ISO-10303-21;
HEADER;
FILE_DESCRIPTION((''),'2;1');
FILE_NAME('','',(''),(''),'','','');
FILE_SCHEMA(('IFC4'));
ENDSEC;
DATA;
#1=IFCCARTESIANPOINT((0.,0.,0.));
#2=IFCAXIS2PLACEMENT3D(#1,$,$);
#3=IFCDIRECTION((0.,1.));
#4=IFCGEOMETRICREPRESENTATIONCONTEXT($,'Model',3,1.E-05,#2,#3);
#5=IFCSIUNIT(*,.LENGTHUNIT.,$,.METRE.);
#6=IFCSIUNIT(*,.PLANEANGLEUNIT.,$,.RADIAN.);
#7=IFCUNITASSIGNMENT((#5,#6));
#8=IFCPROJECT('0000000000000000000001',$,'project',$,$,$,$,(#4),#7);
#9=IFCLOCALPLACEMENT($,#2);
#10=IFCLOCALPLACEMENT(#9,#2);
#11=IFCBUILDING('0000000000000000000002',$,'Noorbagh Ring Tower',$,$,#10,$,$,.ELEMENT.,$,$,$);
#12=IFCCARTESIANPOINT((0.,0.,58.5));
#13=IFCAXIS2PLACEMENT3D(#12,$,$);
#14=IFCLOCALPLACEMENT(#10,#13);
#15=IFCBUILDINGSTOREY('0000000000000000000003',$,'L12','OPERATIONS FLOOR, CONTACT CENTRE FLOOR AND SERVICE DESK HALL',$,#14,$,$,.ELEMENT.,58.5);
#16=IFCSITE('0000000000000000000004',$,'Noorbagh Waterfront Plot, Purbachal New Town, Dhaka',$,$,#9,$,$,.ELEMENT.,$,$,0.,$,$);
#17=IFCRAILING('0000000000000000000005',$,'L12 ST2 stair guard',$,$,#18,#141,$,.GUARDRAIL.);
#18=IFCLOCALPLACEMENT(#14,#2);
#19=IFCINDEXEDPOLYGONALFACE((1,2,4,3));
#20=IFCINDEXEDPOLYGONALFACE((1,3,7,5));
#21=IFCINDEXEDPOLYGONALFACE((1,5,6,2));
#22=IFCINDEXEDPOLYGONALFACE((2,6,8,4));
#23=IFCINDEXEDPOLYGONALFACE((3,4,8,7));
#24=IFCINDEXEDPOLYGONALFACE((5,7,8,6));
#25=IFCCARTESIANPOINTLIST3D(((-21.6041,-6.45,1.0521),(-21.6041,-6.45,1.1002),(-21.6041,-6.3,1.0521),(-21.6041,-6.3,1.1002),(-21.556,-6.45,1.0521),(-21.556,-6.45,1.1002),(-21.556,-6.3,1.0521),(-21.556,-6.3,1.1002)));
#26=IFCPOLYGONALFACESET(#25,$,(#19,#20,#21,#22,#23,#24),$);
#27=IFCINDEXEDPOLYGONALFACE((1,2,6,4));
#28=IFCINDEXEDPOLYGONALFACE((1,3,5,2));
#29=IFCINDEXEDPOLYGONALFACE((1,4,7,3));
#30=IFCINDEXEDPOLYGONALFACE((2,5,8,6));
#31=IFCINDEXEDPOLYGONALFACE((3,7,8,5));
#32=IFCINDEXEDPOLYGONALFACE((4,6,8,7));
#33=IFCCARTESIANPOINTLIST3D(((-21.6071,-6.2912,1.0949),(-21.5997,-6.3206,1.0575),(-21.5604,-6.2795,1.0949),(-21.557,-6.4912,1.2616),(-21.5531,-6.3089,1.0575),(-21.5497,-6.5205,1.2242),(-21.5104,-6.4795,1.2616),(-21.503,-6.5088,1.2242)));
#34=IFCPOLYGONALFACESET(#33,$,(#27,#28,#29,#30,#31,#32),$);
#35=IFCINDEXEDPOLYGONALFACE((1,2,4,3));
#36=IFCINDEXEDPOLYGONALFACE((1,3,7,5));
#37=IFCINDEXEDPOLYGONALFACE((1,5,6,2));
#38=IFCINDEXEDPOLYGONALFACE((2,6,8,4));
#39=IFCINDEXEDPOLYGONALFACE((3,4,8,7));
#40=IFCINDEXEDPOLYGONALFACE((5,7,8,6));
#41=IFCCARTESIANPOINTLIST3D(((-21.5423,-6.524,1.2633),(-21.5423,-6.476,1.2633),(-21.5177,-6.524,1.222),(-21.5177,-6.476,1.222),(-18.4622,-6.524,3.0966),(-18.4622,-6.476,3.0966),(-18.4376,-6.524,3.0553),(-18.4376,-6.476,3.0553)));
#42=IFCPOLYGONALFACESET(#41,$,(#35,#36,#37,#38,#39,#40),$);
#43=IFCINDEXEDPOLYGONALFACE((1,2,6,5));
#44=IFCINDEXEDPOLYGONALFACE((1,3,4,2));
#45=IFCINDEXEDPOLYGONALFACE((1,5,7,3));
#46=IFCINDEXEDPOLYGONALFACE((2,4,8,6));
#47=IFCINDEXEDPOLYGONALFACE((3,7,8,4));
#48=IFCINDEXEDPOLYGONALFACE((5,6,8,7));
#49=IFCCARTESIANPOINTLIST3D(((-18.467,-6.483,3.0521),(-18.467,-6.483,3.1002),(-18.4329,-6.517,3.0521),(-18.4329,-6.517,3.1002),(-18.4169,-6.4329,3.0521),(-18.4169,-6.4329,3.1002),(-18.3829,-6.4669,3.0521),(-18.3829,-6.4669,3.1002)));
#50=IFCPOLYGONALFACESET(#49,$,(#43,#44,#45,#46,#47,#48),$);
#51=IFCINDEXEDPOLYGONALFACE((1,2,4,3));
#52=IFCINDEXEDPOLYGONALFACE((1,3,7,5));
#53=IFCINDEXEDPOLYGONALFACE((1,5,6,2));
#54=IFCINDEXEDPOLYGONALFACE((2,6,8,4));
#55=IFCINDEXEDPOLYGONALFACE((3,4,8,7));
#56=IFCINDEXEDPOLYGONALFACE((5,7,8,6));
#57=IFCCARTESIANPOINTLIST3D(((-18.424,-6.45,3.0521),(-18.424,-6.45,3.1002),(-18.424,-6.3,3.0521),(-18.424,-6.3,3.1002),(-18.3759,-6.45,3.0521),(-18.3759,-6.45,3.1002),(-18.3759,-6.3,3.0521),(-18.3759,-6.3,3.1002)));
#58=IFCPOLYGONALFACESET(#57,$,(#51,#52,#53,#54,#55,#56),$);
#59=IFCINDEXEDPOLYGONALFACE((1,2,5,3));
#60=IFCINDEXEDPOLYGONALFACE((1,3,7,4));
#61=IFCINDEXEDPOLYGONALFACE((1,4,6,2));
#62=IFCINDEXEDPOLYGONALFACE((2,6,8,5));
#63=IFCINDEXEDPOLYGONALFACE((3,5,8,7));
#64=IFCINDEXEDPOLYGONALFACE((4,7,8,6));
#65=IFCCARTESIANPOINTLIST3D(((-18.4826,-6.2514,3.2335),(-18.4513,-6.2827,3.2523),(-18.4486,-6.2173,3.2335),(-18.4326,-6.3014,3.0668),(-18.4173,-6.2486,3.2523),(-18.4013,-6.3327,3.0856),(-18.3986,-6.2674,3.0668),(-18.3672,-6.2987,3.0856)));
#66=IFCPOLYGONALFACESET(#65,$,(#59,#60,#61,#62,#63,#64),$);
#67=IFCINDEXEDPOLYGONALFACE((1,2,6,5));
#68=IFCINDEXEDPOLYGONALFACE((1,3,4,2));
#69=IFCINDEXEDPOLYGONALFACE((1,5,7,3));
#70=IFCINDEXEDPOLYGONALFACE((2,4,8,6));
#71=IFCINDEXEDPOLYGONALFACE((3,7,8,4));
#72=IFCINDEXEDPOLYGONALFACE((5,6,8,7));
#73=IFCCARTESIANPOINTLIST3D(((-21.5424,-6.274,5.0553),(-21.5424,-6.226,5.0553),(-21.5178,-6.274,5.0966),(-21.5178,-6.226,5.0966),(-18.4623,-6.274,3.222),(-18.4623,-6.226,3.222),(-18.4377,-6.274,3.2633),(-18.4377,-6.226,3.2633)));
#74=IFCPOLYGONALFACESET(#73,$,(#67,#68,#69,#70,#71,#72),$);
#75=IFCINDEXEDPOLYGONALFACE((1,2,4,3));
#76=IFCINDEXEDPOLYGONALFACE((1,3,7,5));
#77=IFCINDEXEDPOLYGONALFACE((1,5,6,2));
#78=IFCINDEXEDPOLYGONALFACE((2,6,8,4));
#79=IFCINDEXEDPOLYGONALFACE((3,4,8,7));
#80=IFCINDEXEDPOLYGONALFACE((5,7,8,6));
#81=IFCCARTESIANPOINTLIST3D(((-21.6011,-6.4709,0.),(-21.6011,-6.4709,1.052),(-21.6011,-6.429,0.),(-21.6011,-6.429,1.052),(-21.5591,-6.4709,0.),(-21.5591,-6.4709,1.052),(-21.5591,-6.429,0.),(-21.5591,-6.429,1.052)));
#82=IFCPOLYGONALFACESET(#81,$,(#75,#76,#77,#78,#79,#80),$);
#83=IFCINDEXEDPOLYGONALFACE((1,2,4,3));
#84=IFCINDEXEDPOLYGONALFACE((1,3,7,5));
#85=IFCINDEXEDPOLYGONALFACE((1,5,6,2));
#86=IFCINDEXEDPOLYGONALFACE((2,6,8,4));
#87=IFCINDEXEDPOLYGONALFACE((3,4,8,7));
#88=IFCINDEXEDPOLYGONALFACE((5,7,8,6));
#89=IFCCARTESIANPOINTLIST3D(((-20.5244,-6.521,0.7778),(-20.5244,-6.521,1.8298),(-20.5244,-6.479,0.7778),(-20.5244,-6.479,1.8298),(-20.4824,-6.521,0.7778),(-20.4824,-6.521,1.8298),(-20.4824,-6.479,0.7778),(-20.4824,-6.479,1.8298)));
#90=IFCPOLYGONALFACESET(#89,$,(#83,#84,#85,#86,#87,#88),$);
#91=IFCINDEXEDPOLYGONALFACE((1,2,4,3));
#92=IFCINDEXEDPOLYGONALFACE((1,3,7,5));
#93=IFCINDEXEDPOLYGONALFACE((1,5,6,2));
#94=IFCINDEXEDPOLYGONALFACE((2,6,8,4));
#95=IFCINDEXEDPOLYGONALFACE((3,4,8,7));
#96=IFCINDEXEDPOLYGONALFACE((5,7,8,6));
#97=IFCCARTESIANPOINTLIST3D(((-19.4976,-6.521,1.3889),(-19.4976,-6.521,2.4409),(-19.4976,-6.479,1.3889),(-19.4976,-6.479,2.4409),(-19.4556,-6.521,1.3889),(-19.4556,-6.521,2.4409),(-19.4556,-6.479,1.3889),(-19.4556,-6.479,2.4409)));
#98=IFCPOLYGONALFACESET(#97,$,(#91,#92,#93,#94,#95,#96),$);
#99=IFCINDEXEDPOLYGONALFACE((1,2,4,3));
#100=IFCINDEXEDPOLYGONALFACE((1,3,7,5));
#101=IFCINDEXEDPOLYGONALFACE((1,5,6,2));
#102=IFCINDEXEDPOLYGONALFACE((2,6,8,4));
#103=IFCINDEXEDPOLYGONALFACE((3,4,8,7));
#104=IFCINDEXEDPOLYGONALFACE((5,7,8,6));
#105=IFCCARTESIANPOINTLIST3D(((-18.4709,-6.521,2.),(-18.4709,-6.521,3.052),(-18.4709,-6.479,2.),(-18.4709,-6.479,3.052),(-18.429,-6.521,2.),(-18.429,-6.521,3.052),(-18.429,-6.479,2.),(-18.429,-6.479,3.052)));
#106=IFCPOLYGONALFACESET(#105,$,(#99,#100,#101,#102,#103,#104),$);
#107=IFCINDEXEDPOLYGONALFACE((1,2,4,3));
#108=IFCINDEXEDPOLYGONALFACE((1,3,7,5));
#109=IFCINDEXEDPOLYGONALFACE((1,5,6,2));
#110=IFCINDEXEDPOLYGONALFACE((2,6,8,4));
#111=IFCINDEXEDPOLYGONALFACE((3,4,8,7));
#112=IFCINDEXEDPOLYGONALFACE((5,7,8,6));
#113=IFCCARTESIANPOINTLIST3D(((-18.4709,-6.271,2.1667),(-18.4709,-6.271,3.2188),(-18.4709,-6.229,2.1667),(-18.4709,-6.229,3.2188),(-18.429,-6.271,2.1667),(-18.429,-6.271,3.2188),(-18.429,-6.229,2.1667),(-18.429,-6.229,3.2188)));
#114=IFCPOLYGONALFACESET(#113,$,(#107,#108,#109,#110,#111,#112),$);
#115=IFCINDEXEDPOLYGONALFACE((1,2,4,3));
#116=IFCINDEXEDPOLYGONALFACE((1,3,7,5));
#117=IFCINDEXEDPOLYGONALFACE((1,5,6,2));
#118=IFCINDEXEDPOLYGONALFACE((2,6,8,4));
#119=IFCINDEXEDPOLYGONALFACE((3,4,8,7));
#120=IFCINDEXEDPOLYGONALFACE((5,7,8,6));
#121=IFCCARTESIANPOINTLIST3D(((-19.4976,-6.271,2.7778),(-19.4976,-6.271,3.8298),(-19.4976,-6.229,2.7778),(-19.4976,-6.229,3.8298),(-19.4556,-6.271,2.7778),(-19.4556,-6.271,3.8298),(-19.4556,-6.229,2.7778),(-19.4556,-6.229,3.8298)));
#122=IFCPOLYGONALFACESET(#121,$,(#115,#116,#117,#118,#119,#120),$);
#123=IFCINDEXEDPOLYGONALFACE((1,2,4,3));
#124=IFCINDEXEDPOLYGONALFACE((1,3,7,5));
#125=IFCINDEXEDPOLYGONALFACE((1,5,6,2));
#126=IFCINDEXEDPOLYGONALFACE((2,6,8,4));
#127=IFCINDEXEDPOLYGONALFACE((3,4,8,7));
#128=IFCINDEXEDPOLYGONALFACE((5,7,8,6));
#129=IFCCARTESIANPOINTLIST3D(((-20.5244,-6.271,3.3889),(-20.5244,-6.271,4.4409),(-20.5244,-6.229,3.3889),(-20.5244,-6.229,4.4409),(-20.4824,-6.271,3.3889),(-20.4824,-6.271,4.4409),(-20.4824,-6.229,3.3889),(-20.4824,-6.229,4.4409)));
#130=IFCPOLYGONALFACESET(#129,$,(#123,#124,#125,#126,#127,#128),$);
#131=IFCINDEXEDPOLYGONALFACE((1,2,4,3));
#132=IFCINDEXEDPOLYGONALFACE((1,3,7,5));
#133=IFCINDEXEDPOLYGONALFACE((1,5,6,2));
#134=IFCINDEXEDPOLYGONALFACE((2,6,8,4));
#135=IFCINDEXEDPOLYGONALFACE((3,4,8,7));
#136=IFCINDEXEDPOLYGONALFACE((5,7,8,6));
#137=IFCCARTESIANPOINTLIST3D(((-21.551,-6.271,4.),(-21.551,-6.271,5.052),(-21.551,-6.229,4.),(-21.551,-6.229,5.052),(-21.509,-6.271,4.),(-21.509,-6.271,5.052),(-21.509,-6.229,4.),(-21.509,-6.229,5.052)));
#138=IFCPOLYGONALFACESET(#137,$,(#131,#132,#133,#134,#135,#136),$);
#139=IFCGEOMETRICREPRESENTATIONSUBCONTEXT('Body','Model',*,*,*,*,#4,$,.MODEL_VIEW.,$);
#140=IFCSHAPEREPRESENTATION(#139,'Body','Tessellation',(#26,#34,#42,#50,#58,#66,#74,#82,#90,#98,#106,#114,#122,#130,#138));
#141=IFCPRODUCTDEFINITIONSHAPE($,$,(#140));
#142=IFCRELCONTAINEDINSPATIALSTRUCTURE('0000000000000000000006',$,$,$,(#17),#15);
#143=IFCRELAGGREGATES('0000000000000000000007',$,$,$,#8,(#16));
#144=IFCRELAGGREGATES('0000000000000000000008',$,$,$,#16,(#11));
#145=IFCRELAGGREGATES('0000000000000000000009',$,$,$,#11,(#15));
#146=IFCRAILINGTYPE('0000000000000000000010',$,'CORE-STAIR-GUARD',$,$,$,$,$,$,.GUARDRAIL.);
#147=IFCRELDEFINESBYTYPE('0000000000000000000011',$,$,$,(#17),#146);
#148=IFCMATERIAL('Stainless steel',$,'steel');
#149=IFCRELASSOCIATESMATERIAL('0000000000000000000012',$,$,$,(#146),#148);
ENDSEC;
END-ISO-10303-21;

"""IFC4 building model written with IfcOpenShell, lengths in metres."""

from ifc_helpers import new_model, si_unit, direction, frame, origin, origin_2d, place, context, subcontext, project, spatial, rectangle, extrude, material, type_object, element, save


model = new_model("IFC4")

# Units and contexts
model_context = context("Model", 3, precision=1e-05, world=origin(), true_north=direction((0.0, 1.0)))
body_context = subcontext(model_context, "Body", "Model", "MODEL_VIEW")
ifc_project = project(units=[si_unit("LENGTHUNIT", "METRE"), si_unit("PLANEANGLEUNIT", "RADIAN")], contexts=[model_context])

# Site, building, storey
site_placement = place(None, origin())
site = spatial("IfcSite", under=ifc_project, at=site_placement, Name="Noorbagh Waterfront Plot, Purbachal New Town, Dhaka", CompositionType="ELEMENT", RefElevation=0.0)
building_placement = place(site_placement, origin())
building = spatial("IfcBuilding", under=site, at=building_placement, Name="Noorbagh Ring Tower", CompositionType="ELEMENT")
storey_placement = place(building_placement, frame((0.0, 0.0, 58.5)))
storey = spatial("IfcBuildingStorey", under=building, at=storey_placement, Name="L12", Description="OPERATIONS FLOOR, CONTACT CENTRE FLOOR AND SERVICE DESK HALL", CompositionType="ELEMENT", Elevation=58.5)

# Railing
ifc_material_1 = material(Name="Stainless steel", Category="steel")
railing_type_1 = type_object("IfcRailingType", Name="CORE-STAIR-GUARD", PredefinedType="GUARDRAIL", material=ifc_material_1)
railing_1_placement = place(storey_placement, frame((-21.5801, -6.45, 0.0)))
element("IfcRailing", 1, at=railing_1_placement, inside=storey, type_object=railing_type_1, Name="L12 ST2 stair guard", PredefinedType="GUARDRAIL", context=body_context, shape_type="SweptSolid", body=[
    extrude(rectangle(XDim=0.0481, YDim=0.0481, at=origin_2d()), frame((0.0, 0.0, 1.0762), z_axis=(0.0, 1.0, 0.0), x_axis=(-1.0, 0.0, 0.0)), (0.0, 0.0, 1.0), 0.1499),
    extrude(rectangle(XDim=0.0481, YDim=0.0481, at=origin_2d()), frame((0.0, 0.1499, 1.0762), z_axis=(0.188776, -0.754182, 0.628946), x_axis=(0.970073, 0.242814, 0.0)), (0.0, 0.0, 1.0), 0.2651),
    extrude(rectangle(XDim=0.0481, YDim=0.0481, at=origin_2d()), frame((0.05, -0.05, 1.2427), z_axis=(0.859309, 0.0, 0.511458), x_axis=(0.0, 1.0, 0.0)), (0.0, 0.0, 1.0), 3.5845),
    extrude(rectangle(XDim=0.0481, YDim=0.0481, at=origin_2d()), frame((3.1301, -0.05, 3.0762), z_axis=(0.707107, 0.707107, 0.0), x_axis=(-0.707107, 0.707107, 0.0)), (0.0, 0.0, 1.0), 0.0708),
    extrude(rectangle(XDim=0.0481, YDim=0.0481, at=origin_2d()), frame((3.1802, 0.0, 3.0762), z_axis=(0.0, 1.0, 0.0), x_axis=(-1.0, 0.0, 0.0)), (0.0, 0.0, 1.0), 0.1499),
    extrude(rectangle(XDim=0.0481, YDim=0.0481, at=origin_2d()), frame((3.1802, 0.1499, 3.0762), z_axis=(-0.276287, 0.276287, 0.920506), x_axis=(-0.707107, -0.707107, 0.0)), (0.0, 0.0, 1.0), 0.1812),
    extrude(rectangle(XDim=0.0481, YDim=0.0481, at=origin_2d()), frame((3.1301, 0.2, 3.2427), z_axis=(-0.859309, 0.0, 0.511458), x_axis=(0.0, -1.0, 0.0)), (0.0, 0.0, 1.0), 3.5845),
    extrude(rectangle(XDim=0.042, YDim=0.042, at=origin_2d()), origin(), (0.0, 0.0, 1.0), 1.052),
    extrude(rectangle(XDim=0.042, YDim=0.042, at=origin_2d()), frame((1.0767, -0.05, 0.7778)), (0.0, 0.0, 1.0), 1.052),
    extrude(rectangle(XDim=0.042, YDim=0.042, at=origin_2d()), frame((2.1035, -0.05, 1.3889)), (0.0, 0.0, 1.0), 1.052),
    extrude(rectangle(XDim=0.042, YDim=0.042, at=origin_2d()), frame((3.1301, -0.05, 2.0)), (0.0, 0.0, 1.0), 1.052),
    extrude(rectangle(XDim=0.042, YDim=0.042, at=origin_2d()), frame((3.1301, 0.2, 2.1667)), (0.0, 0.0, 1.0), 1.052),
    extrude(rectangle(XDim=0.042, YDim=0.042, at=origin_2d()), frame((2.1035, 0.2, 2.7778)), (0.0, 0.0, 1.0), 1.052),
    extrude(rectangle(XDim=0.042, YDim=0.042, at=origin_2d()), frame((1.0767, 0.2, 3.3889)), (0.0, 0.0, 1.0), 1.052),
    extrude(rectangle(XDim=0.042, YDim=0.042, at=origin_2d()), frame((0.05, 0.2, 4.0)), (0.0, 0.0, 1.0), 1.052),
])

save(model, "model.ifc")
